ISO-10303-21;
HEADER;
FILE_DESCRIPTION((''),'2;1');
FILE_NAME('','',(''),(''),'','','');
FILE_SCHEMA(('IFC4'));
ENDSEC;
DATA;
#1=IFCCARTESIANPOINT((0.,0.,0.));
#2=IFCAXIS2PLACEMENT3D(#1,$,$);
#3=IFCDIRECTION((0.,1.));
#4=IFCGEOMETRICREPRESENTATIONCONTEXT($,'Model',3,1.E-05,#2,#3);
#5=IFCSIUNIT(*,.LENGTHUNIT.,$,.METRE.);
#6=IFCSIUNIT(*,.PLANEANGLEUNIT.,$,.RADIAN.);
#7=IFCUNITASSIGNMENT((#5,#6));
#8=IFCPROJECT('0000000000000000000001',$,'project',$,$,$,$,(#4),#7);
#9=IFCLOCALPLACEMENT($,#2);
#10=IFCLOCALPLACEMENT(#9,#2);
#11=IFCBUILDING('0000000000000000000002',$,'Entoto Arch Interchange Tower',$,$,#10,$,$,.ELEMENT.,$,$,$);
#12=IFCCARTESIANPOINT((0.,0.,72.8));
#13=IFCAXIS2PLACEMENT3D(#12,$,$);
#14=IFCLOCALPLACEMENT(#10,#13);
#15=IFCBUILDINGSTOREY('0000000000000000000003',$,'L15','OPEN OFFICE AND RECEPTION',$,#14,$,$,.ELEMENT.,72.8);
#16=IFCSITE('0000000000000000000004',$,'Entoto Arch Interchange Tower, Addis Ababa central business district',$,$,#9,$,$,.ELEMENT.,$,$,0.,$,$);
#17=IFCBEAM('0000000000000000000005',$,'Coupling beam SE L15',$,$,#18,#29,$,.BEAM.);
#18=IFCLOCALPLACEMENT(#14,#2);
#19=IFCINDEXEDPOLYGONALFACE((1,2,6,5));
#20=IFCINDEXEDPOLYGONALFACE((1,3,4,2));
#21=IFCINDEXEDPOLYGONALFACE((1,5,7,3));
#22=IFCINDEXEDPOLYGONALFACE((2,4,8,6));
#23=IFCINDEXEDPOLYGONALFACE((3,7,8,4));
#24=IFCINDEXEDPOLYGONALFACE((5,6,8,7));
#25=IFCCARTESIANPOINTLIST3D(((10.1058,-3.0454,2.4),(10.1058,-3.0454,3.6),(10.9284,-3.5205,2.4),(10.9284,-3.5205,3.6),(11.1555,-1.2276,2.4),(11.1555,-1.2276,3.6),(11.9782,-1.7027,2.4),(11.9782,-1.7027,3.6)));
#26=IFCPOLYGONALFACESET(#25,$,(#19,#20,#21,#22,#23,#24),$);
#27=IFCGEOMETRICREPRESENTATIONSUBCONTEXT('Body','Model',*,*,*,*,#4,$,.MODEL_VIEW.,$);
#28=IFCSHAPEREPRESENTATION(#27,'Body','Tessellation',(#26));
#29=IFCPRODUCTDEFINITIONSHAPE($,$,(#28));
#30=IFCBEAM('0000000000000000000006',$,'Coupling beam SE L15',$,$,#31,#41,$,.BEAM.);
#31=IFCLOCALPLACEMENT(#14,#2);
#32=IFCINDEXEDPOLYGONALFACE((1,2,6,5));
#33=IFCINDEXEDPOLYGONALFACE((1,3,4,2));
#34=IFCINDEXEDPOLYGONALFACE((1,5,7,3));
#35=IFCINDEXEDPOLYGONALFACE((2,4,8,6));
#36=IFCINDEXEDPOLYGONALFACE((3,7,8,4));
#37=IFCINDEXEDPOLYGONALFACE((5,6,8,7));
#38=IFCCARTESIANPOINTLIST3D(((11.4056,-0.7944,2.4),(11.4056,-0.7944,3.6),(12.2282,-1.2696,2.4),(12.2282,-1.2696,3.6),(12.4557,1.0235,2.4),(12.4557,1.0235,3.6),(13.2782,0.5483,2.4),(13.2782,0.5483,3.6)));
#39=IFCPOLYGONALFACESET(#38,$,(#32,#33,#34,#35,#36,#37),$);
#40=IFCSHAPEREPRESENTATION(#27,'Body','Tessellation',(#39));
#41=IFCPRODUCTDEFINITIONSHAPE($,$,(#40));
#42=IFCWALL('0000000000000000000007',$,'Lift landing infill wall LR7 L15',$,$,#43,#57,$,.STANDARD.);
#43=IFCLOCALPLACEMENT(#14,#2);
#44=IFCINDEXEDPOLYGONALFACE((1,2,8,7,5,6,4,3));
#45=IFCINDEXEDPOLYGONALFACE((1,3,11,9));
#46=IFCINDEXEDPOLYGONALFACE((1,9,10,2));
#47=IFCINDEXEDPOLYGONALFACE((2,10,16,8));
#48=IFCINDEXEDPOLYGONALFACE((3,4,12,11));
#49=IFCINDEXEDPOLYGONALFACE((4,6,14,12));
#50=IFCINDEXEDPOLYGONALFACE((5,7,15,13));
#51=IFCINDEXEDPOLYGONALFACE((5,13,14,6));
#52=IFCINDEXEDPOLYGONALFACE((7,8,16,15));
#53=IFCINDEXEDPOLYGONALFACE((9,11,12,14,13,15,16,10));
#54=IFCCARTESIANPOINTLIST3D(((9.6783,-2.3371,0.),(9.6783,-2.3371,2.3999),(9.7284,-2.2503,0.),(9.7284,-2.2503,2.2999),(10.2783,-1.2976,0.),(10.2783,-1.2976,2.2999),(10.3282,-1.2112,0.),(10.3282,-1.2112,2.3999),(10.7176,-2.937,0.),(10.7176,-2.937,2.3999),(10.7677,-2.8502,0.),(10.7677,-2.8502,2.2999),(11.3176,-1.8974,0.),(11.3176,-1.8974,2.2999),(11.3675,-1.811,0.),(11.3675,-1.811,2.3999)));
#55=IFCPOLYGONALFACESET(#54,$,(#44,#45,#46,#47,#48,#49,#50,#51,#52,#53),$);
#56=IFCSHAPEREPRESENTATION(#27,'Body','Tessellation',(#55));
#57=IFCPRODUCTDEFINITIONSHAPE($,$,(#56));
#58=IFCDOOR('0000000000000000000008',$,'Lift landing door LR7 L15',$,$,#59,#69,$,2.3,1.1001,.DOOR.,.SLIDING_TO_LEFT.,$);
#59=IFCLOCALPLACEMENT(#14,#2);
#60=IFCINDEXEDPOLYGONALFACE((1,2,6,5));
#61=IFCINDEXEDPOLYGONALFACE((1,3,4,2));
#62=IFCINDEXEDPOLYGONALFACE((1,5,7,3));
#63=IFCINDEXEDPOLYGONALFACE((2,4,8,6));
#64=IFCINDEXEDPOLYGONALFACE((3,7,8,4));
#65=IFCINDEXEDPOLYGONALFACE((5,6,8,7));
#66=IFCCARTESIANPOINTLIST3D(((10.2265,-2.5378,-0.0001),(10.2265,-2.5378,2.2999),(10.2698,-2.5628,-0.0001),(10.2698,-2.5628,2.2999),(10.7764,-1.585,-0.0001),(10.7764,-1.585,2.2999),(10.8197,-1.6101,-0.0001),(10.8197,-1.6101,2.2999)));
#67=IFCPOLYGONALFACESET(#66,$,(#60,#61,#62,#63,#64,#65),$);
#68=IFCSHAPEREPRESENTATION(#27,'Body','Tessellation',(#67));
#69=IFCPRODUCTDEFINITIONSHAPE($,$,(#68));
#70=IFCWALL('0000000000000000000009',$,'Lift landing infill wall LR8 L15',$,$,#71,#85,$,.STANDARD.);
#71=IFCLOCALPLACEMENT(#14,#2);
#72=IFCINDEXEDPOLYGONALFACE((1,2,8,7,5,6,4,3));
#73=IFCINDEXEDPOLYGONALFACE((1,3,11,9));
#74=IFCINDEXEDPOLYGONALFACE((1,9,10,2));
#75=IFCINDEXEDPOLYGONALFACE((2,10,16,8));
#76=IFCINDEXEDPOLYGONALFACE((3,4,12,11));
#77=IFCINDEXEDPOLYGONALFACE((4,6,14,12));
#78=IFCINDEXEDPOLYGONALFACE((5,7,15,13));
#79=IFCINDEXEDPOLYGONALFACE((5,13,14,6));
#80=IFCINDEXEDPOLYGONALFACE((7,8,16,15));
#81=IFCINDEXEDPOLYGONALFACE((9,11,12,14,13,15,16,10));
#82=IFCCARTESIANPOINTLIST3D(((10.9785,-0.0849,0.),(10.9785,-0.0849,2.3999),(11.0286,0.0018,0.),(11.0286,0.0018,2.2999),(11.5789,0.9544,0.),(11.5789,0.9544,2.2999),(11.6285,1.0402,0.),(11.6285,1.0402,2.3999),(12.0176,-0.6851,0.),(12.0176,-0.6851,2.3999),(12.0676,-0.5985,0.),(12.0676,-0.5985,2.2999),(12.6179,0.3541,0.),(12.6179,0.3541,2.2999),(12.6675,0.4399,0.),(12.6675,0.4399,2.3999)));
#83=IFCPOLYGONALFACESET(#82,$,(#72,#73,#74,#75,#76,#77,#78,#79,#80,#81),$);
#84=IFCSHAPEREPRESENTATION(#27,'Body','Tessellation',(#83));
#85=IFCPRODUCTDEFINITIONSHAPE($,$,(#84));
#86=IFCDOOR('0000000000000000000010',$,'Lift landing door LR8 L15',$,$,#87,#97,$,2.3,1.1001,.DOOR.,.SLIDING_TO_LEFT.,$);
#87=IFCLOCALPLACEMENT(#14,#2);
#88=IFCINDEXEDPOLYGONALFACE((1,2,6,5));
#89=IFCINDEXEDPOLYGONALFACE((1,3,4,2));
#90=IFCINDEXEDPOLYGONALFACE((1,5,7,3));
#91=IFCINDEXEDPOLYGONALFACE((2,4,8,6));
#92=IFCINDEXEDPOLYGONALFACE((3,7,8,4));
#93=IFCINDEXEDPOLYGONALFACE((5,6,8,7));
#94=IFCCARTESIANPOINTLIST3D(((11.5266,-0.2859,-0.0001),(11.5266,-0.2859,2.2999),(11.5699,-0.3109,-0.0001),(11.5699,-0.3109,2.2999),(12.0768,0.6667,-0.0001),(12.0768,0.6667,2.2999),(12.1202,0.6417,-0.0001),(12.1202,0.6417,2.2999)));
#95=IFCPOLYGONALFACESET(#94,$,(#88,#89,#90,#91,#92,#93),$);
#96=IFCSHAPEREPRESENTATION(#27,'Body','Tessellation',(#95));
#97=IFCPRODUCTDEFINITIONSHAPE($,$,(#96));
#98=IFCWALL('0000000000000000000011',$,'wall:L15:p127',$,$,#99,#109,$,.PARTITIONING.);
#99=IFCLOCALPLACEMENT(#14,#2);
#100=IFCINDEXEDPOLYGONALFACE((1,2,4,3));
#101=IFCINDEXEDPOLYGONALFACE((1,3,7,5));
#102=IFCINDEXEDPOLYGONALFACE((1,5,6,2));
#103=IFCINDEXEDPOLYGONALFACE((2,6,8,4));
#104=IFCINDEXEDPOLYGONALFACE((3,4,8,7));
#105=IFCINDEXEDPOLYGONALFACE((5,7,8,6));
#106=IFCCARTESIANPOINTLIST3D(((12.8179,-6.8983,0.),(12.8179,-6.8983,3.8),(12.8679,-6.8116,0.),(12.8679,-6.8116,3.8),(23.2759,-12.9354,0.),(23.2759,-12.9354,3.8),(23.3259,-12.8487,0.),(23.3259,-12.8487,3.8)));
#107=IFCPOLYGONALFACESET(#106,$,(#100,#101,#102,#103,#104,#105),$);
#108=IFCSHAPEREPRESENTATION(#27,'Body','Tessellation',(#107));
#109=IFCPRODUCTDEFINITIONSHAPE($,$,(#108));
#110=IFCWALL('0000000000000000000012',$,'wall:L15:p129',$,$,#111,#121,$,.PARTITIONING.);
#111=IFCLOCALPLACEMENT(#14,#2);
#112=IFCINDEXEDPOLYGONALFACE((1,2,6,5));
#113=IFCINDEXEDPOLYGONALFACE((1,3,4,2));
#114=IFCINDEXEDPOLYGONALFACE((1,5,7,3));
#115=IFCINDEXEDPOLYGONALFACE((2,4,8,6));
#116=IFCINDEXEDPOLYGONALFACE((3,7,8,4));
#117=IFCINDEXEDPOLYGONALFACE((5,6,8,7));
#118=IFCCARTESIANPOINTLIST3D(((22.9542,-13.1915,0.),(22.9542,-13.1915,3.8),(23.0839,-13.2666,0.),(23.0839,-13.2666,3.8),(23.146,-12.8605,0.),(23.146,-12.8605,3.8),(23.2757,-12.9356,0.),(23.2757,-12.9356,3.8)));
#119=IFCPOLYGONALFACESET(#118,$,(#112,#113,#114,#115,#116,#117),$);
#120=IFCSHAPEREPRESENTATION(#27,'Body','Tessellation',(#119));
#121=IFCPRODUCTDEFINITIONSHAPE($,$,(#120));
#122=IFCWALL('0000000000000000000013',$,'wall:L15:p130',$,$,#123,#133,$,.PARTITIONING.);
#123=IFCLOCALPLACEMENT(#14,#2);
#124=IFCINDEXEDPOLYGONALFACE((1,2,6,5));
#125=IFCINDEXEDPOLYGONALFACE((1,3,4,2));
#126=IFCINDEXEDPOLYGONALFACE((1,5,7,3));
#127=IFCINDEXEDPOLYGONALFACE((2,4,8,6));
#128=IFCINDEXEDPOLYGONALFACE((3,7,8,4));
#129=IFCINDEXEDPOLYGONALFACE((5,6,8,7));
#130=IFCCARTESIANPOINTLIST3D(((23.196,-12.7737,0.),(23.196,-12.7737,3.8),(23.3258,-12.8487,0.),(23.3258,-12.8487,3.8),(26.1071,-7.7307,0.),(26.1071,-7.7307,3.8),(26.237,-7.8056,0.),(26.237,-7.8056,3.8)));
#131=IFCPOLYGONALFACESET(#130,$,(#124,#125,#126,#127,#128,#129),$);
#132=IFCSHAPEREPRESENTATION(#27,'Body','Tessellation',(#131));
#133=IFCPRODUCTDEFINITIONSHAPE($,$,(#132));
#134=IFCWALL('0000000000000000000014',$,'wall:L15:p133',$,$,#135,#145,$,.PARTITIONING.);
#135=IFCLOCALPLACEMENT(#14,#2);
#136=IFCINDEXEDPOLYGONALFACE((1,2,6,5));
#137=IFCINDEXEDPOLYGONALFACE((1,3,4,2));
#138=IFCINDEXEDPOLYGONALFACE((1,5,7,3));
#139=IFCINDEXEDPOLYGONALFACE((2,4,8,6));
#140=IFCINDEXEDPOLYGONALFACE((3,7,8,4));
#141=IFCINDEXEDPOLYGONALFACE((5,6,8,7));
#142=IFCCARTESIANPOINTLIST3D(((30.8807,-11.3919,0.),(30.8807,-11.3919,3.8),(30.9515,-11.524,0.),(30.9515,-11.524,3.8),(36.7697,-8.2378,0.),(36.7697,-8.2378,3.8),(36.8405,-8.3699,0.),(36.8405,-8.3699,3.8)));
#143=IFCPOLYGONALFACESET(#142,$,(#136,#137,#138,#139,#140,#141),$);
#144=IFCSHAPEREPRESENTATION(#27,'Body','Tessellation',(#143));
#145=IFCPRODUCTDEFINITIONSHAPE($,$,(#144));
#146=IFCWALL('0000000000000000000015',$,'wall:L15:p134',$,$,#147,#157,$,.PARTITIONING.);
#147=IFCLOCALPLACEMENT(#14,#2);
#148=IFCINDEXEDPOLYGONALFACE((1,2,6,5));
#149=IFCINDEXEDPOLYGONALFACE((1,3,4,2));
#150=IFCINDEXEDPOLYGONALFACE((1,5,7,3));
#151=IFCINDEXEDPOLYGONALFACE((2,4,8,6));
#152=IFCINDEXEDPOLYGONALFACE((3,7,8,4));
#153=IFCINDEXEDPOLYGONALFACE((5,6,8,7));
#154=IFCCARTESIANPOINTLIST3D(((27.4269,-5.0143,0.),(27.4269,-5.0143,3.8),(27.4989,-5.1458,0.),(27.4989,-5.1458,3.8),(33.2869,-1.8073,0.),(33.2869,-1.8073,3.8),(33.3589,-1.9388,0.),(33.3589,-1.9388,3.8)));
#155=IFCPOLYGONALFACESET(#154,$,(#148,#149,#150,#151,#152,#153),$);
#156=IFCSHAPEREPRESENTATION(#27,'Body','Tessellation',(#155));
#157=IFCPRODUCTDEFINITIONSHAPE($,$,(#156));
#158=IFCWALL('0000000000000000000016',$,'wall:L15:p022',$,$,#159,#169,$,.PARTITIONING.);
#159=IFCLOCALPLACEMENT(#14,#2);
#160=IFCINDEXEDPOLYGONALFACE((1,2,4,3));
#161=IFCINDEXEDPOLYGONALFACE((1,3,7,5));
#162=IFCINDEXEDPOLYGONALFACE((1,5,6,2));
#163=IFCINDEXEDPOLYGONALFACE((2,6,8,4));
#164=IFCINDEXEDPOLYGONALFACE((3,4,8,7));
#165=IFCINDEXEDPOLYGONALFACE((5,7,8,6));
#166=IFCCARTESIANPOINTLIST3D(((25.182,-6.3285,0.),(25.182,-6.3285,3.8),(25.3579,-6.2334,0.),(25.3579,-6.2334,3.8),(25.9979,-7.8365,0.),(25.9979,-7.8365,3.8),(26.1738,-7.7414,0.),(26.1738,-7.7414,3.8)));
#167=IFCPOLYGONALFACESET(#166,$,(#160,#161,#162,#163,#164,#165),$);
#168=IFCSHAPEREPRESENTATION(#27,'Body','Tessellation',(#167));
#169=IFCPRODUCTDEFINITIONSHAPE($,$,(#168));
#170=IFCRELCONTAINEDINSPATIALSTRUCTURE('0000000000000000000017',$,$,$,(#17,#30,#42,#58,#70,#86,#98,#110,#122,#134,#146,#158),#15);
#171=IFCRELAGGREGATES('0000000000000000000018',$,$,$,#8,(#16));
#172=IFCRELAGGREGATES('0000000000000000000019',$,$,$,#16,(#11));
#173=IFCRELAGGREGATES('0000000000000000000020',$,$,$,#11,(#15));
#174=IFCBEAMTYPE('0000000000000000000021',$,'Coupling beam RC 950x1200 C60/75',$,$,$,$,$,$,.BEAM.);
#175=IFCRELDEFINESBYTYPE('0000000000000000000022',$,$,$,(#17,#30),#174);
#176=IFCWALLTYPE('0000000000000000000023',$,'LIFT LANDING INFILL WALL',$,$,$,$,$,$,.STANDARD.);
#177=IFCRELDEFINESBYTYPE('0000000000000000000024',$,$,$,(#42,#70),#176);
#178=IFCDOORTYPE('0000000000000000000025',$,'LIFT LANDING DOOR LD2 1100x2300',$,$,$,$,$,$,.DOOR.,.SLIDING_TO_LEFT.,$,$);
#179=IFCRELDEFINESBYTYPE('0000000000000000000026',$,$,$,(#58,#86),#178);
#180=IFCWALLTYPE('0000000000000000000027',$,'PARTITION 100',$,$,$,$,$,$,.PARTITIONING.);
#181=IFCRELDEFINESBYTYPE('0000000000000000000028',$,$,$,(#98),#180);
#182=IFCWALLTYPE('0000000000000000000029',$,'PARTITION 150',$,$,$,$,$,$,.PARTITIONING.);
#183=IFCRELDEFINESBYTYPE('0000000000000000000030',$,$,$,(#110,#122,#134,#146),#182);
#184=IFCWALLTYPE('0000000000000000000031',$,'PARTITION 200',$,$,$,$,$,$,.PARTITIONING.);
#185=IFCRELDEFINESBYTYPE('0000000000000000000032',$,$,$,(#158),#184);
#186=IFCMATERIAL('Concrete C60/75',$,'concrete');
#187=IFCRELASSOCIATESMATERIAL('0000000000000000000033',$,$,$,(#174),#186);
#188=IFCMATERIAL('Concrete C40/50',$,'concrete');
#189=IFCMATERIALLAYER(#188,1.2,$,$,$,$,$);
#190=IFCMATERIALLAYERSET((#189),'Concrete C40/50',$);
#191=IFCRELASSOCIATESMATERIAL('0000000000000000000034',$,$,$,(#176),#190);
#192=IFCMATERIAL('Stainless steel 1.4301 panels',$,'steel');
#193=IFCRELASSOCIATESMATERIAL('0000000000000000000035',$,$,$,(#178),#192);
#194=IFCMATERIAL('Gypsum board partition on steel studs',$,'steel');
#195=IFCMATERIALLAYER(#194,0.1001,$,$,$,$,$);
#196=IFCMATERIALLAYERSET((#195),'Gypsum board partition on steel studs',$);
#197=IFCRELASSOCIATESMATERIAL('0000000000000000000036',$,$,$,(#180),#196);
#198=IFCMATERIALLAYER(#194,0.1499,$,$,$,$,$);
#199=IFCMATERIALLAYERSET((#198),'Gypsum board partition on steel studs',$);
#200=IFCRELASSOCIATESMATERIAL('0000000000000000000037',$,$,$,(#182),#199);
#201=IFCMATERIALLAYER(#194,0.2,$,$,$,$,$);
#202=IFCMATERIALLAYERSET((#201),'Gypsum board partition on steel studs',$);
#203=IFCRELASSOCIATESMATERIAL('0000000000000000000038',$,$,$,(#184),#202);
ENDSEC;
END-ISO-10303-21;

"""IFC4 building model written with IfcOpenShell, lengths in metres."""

from ifc_helpers import new_model, si_unit, direction, frame, frame_2d, origin, origin_2d, place, context, subcontext, project, spatial, rectangle, extrude, material, layer, layer_set, material_profile, profile_set, type_object, element, fill, save


model = new_model("IFC4")

# Units and contexts
model_context = context("Model", 3, precision=1e-05, world=origin(), true_north=direction((0.0, 1.0)))
body_context = subcontext(model_context, "Body", "Model", "MODEL_VIEW")
ifc_project = project(units=[si_unit("LENGTHUNIT", "METRE"), si_unit("PLANEANGLEUNIT", "RADIAN")], contexts=[model_context])

# Site, building, storey
site_placement = place(None, origin())
site = spatial("IfcSite", under=ifc_project, at=site_placement, Name="Entoto Arch Interchange Tower, Addis Ababa central business district", CompositionType="ELEMENT", RefElevation=0.0)
building_placement = place(site_placement, origin())
building = spatial("IfcBuilding", under=site, at=building_placement, Name="Entoto Arch Interchange Tower", CompositionType="ELEMENT")
storey_placement = place(building_placement, frame((0.0, 0.0, 72.8)))
storey = spatial("IfcBuildingStorey", under=building, at=storey_placement, Name="L15", Description="OPEN OFFICE AND RECEPTION", CompositionType="ELEMENT", Elevation=72.8)

# Beams
ifc_material_1 = material(Name="Concrete C60/75", Category="concrete")
ifc_material_profile = material_profile(ifc_material_1, rectangle(XDim=0.95, YDim=1.2, at=origin_2d()))
ifc_profile_set = profile_set([ifc_material_profile], Name="Concrete C60/75")
beam_type = type_object("IfcBeamType", Name="Coupling beam RC 950x1200 C60/75", PredefinedType="BEAM", material=ifc_profile_set)
beam_1_placement = place(storey_placement, frame((10.5171, -3.283, 3.0), z_axis=(0.500092, 0.865973, 0.0), x_axis=(-0.865973, 0.500092, 0.0)))
element("IfcBeam", 1, at=beam_1_placement, inside=storey, type_object=beam_type, Name="Coupling beam SE L15", PredefinedType="BEAM", context=body_context, shape_type="SweptSolid", body=[
    extrude(rectangle(XDim=0.95, YDim=1.2, at=origin_2d()), origin(), (0.0, 0.0, 1.0), 2.0991),
])
beam_2_placement = place(storey_placement, frame((11.8169, -1.032, 3.0), z_axis=(0.500179, 0.865922, 0.0), x_axis=(-0.865922, 0.500179, 0.0)))
element("IfcBeam", 2, at=beam_2_placement, inside=storey, type_object=beam_type, Name="Coupling beam SE L15", PredefinedType="BEAM", context=body_context, shape_type="SweptSolid", body=[
    extrude(rectangle(XDim=0.95, YDim=1.2, at=origin_2d()), origin(), (0.0, 0.0, 1.0), 2.0994),
])

# Walls, openings, doors
ifc_material_2 = material(Name="Concrete C40/50", Category="concrete")
ifc_layer_1 = layer(ifc_material_2, 1.2)
ifc_layer_set_1 = layer_set([ifc_layer_1], Name="Concrete C40/50")
wall_type_1 = type_object("IfcWallType", Name="LIFT LANDING INFILL WALL", PredefinedType="STANDARD", material=ifc_layer_set_1)
wall_1_placement = place(storey_placement, frame((10.198, -2.637, 0.0), z_axis=(0.0, 0.0, 1.0), x_axis=(0.499896, 0.866086, 0.0)))
wall_1 = element("IfcWall", 3, at=wall_1_placement, inside=storey, type_object=wall_type_1, Name="Lift landing infill wall LR7 L15", PredefinedType="STANDARD", context=body_context, shape_type="SweptSolid", body=[
    extrude(rectangle(XDim=1.3, YDim=1.2, at=frame_2d((0.6499, 0.0))), origin(), (0.0, 0.0, 1.0), 2.3999),
])
opening_1_placement = place(wall_1_placement, frame((0.1001, 0.0, 0.0)))
opening_1 = element("IfcOpeningElement", 4, at=opening_1_placement, cuts=wall_1, PredefinedType="OPENING", context=body_context, shape_type="SweptSolid", body=[
    extrude(rectangle(XDim=1.1001, YDim=2.3, at=frame_2d((0.55, 1.1499))), frame((0.0, 0.6099, 0.0), z_axis=(0.0, -1.0, 0.0), x_axis=(1.0, 0.0, 0.0)), (0.0, 0.0, 1.0), 1.22),
])
ifc_material_3 = material(Name="Stainless steel 1.4301 panels", Category="steel")
door_type_1 = type_object("IfcDoorType", Name="LIFT LANDING DOOR LD2 1100x2300", OperationType="SLIDING_TO_LEFT", PredefinedType="DOOR", material=ifc_material_3)
door_1_placement = place(opening_1_placement, origin())
door_1 = element("IfcDoor", 5, at=door_1_placement, inside=storey, type_object=door_type_1, Name="Lift landing door LR7 L15", OperationType="SLIDING_TO_LEFT", OverallHeight=2.3, OverallWidth=1.1001, PredefinedType="DOOR", context=body_context, shape_type="SweptSolid", body=[
    extrude(rectangle(XDim=1.1001, YDim=2.3, at=frame_2d((0.55, 1.1499))), frame((0.0, 0.0249, 0.0), z_axis=(0.0, -1.0, 0.0), x_axis=(1.0, 0.0, 0.0)), (0.0, 0.0, 1.0), 0.05),
])
fill(opening_1, door_1)
wall_2_placement = place(storey_placement, frame((11.498, -0.385, 0.0), z_axis=(0.0, 0.0, 1.0), x_axis=(0.500221, 0.865898, 0.0)))
wall_2 = element("IfcWall", 6, at=wall_2_placement, inside=storey, type_object=wall_type_1, Name="Lift landing infill wall LR8 L15", PredefinedType="STANDARD", context=body_context, shape_type="SweptSolid", body=[
    extrude(rectangle(XDim=1.2993, YDim=1.2, at=frame_2d((0.6497, 0.0))), origin(), (0.0, 0.0, 1.0), 2.3999),
])
opening_2_placement = place(wall_2_placement, frame((0.1001, 0.0, 0.0)))
opening_2 = element("IfcOpeningElement", 7, at=opening_2_placement, cuts=wall_2, PredefinedType="OPENING", context=body_context, shape_type="SweptSolid", body=[
    extrude(rectangle(XDim=1.1001, YDim=2.3, at=frame_2d((0.55, 1.1499))), frame((0.0, 0.6099, 0.0), z_axis=(0.0, -1.0, 0.0), x_axis=(1.0, 0.0, 0.0)), (0.0, 0.0, 1.0), 1.22),
])
door_2_placement = place(opening_2_placement, origin())
door_2 = element("IfcDoor", 8, at=door_2_placement, inside=storey, type_object=door_type_1, Name="Lift landing door LR8 L15", OperationType="SLIDING_TO_LEFT", OverallHeight=2.3, OverallWidth=1.1001, PredefinedType="DOOR", context=body_context, shape_type="SweptSolid", body=[
    extrude(rectangle(XDim=1.1001, YDim=2.3, at=frame_2d((0.55, 1.1499))), frame((0.0, 0.0249, 0.0), z_axis=(0.0, -1.0, 0.0), x_axis=(1.0, 0.0, 0.0)), (0.0, 0.0, 1.0), 0.05),
])
fill(opening_2, door_2)

# Walls
ifc_material_4 = material(Name="Gypsum board partition on steel studs", Category="steel")
ifc_layer_2 = layer(ifc_material_4, 0.1001)
ifc_layer_set_2 = layer_set([ifc_layer_2], Name="Gypsum board partition on steel studs")
wall_type_2 = type_object("IfcWallType", Name="PARTITION 100", PredefinedType="PARTITIONING", material=ifc_layer_set_2)
wall_3_placement = place(storey_placement, frame((12.843, -6.855, 0.0), z_axis=(0.0, 0.0, 1.0), x_axis=(0.866055, -0.499949, 0.0)))
element("IfcWall", 9, at=wall_3_placement, inside=storey, type_object=wall_type_2, Name="wall:L15:p127", PredefinedType="PARTITIONING", context=body_context, shape_type="SweptSolid", body=[
    extrude(rectangle(XDim=12.0754, YDim=0.1001, at=frame_2d((6.0376, 0.0))), origin(), (0.0, 0.0, 1.0), 3.8),
])
ifc_layer_3 = layer(ifc_material_4, 0.1499)
ifc_layer_set_3 = layer_set([ifc_layer_3], Name="Gypsum board partition on steel studs")
wall_type_3 = type_object("IfcWallType", Name="PARTITION 150", PredefinedType="PARTITIONING", material=ifc_layer_set_3)
wall_4_placement = place(storey_placement, frame((23.2109, -12.8979, 0.0), z_axis=(0.0, 0.0, 1.0), x_axis=(-0.501489, -0.865164, 0.0)))
element("IfcWall", 10, at=wall_4_placement, inside=storey, type_object=wall_type_3, Name="wall:L15:p129", PredefinedType="PARTITIONING", context=body_context, shape_type="SweptSolid", body=[
    extrude(rectangle(XDim=0.3826, YDim=0.1499, at=frame_2d((0.1914, 0.0))), origin(), (0.0, 0.0, 1.0), 3.8),
])
wall_5_placement = place(storey_placement, frame((26.1721, -7.7681, 0.0), z_axis=(0.0, 0.0, 1.0), x_axis=(-0.499945, -0.866057, 0.0)))
element("IfcWall", 11, at=wall_5_placement, inside=storey, type_object=wall_type_3, Name="wall:L15:p130", PredefinedType="PARTITIONING", context=body_context, shape_type="SweptSolid", body=[
    extrude(rectangle(XDim=5.823, YDim=0.1499, at=frame_2d((2.9116, 0.0))), origin(), (0.0, 0.0, 1.0), 3.8),
])
wall_6_placement = place(storey_placement, frame((30.916, -11.458, 0.0), z_axis=(0.0, 0.0, 1.0), x_axis=(0.881525, 0.472137, 0.0)))
element("IfcWall", 12, at=wall_6_placement, inside=storey, type_object=wall_type_3, Name="wall:L15:p133", PredefinedType="PARTITIONING", context=body_context, shape_type="SweptSolid", body=[
    extrude(rectangle(XDim=6.6804, YDim=0.1499, at=frame_2d((3.3403, 0.0))), origin(), (0.0, 0.0, 1.0), 3.8),
])
wall_7_placement = place(storey_placement, frame((27.4629, -5.0801, 0.0), z_axis=(0.0, 0.0, 1.0), x_axis=(0.877227, 0.480076, 0.0)))
element("IfcWall", 13, at=wall_7_placement, inside=storey, type_object=wall_type_3, Name="wall:L15:p134", PredefinedType="PARTITIONING", context=body_context, shape_type="SweptSolid", body=[
    extrude(rectangle(XDim=6.6802, YDim=0.1499, at=frame_2d((3.3401, 0.0))), origin(), (0.0, 0.0, 1.0), 3.8),
])
ifc_layer_4 = layer(ifc_material_4, 0.2)
ifc_layer_set_4 = layer_set([ifc_layer_4], Name="Gypsum board partition on steel studs")
wall_type_4 = type_object("IfcWallType", Name="PARTITION 200", PredefinedType="PARTITIONING", material=ifc_layer_set_4)
wall_8_placement = place(storey_placement, frame((26.0859, -7.7891, 0.0), z_axis=(0.0, 0.0, 1.0), x_axis=(-0.475857, 0.879523, 0.0)))
element("IfcWall", 14, at=wall_8_placement, inside=storey, type_object=wall_type_4, Name="wall:L15:p022", PredefinedType="PARTITIONING", context=body_context, shape_type="SweptSolid", body=[
    extrude(rectangle(XDim=1.7146, YDim=0.2, at=frame_2d((0.8574, 0.0))), origin(), (0.0, 0.0, 1.0), 3.8),
])

save(model, "model.ifc")
